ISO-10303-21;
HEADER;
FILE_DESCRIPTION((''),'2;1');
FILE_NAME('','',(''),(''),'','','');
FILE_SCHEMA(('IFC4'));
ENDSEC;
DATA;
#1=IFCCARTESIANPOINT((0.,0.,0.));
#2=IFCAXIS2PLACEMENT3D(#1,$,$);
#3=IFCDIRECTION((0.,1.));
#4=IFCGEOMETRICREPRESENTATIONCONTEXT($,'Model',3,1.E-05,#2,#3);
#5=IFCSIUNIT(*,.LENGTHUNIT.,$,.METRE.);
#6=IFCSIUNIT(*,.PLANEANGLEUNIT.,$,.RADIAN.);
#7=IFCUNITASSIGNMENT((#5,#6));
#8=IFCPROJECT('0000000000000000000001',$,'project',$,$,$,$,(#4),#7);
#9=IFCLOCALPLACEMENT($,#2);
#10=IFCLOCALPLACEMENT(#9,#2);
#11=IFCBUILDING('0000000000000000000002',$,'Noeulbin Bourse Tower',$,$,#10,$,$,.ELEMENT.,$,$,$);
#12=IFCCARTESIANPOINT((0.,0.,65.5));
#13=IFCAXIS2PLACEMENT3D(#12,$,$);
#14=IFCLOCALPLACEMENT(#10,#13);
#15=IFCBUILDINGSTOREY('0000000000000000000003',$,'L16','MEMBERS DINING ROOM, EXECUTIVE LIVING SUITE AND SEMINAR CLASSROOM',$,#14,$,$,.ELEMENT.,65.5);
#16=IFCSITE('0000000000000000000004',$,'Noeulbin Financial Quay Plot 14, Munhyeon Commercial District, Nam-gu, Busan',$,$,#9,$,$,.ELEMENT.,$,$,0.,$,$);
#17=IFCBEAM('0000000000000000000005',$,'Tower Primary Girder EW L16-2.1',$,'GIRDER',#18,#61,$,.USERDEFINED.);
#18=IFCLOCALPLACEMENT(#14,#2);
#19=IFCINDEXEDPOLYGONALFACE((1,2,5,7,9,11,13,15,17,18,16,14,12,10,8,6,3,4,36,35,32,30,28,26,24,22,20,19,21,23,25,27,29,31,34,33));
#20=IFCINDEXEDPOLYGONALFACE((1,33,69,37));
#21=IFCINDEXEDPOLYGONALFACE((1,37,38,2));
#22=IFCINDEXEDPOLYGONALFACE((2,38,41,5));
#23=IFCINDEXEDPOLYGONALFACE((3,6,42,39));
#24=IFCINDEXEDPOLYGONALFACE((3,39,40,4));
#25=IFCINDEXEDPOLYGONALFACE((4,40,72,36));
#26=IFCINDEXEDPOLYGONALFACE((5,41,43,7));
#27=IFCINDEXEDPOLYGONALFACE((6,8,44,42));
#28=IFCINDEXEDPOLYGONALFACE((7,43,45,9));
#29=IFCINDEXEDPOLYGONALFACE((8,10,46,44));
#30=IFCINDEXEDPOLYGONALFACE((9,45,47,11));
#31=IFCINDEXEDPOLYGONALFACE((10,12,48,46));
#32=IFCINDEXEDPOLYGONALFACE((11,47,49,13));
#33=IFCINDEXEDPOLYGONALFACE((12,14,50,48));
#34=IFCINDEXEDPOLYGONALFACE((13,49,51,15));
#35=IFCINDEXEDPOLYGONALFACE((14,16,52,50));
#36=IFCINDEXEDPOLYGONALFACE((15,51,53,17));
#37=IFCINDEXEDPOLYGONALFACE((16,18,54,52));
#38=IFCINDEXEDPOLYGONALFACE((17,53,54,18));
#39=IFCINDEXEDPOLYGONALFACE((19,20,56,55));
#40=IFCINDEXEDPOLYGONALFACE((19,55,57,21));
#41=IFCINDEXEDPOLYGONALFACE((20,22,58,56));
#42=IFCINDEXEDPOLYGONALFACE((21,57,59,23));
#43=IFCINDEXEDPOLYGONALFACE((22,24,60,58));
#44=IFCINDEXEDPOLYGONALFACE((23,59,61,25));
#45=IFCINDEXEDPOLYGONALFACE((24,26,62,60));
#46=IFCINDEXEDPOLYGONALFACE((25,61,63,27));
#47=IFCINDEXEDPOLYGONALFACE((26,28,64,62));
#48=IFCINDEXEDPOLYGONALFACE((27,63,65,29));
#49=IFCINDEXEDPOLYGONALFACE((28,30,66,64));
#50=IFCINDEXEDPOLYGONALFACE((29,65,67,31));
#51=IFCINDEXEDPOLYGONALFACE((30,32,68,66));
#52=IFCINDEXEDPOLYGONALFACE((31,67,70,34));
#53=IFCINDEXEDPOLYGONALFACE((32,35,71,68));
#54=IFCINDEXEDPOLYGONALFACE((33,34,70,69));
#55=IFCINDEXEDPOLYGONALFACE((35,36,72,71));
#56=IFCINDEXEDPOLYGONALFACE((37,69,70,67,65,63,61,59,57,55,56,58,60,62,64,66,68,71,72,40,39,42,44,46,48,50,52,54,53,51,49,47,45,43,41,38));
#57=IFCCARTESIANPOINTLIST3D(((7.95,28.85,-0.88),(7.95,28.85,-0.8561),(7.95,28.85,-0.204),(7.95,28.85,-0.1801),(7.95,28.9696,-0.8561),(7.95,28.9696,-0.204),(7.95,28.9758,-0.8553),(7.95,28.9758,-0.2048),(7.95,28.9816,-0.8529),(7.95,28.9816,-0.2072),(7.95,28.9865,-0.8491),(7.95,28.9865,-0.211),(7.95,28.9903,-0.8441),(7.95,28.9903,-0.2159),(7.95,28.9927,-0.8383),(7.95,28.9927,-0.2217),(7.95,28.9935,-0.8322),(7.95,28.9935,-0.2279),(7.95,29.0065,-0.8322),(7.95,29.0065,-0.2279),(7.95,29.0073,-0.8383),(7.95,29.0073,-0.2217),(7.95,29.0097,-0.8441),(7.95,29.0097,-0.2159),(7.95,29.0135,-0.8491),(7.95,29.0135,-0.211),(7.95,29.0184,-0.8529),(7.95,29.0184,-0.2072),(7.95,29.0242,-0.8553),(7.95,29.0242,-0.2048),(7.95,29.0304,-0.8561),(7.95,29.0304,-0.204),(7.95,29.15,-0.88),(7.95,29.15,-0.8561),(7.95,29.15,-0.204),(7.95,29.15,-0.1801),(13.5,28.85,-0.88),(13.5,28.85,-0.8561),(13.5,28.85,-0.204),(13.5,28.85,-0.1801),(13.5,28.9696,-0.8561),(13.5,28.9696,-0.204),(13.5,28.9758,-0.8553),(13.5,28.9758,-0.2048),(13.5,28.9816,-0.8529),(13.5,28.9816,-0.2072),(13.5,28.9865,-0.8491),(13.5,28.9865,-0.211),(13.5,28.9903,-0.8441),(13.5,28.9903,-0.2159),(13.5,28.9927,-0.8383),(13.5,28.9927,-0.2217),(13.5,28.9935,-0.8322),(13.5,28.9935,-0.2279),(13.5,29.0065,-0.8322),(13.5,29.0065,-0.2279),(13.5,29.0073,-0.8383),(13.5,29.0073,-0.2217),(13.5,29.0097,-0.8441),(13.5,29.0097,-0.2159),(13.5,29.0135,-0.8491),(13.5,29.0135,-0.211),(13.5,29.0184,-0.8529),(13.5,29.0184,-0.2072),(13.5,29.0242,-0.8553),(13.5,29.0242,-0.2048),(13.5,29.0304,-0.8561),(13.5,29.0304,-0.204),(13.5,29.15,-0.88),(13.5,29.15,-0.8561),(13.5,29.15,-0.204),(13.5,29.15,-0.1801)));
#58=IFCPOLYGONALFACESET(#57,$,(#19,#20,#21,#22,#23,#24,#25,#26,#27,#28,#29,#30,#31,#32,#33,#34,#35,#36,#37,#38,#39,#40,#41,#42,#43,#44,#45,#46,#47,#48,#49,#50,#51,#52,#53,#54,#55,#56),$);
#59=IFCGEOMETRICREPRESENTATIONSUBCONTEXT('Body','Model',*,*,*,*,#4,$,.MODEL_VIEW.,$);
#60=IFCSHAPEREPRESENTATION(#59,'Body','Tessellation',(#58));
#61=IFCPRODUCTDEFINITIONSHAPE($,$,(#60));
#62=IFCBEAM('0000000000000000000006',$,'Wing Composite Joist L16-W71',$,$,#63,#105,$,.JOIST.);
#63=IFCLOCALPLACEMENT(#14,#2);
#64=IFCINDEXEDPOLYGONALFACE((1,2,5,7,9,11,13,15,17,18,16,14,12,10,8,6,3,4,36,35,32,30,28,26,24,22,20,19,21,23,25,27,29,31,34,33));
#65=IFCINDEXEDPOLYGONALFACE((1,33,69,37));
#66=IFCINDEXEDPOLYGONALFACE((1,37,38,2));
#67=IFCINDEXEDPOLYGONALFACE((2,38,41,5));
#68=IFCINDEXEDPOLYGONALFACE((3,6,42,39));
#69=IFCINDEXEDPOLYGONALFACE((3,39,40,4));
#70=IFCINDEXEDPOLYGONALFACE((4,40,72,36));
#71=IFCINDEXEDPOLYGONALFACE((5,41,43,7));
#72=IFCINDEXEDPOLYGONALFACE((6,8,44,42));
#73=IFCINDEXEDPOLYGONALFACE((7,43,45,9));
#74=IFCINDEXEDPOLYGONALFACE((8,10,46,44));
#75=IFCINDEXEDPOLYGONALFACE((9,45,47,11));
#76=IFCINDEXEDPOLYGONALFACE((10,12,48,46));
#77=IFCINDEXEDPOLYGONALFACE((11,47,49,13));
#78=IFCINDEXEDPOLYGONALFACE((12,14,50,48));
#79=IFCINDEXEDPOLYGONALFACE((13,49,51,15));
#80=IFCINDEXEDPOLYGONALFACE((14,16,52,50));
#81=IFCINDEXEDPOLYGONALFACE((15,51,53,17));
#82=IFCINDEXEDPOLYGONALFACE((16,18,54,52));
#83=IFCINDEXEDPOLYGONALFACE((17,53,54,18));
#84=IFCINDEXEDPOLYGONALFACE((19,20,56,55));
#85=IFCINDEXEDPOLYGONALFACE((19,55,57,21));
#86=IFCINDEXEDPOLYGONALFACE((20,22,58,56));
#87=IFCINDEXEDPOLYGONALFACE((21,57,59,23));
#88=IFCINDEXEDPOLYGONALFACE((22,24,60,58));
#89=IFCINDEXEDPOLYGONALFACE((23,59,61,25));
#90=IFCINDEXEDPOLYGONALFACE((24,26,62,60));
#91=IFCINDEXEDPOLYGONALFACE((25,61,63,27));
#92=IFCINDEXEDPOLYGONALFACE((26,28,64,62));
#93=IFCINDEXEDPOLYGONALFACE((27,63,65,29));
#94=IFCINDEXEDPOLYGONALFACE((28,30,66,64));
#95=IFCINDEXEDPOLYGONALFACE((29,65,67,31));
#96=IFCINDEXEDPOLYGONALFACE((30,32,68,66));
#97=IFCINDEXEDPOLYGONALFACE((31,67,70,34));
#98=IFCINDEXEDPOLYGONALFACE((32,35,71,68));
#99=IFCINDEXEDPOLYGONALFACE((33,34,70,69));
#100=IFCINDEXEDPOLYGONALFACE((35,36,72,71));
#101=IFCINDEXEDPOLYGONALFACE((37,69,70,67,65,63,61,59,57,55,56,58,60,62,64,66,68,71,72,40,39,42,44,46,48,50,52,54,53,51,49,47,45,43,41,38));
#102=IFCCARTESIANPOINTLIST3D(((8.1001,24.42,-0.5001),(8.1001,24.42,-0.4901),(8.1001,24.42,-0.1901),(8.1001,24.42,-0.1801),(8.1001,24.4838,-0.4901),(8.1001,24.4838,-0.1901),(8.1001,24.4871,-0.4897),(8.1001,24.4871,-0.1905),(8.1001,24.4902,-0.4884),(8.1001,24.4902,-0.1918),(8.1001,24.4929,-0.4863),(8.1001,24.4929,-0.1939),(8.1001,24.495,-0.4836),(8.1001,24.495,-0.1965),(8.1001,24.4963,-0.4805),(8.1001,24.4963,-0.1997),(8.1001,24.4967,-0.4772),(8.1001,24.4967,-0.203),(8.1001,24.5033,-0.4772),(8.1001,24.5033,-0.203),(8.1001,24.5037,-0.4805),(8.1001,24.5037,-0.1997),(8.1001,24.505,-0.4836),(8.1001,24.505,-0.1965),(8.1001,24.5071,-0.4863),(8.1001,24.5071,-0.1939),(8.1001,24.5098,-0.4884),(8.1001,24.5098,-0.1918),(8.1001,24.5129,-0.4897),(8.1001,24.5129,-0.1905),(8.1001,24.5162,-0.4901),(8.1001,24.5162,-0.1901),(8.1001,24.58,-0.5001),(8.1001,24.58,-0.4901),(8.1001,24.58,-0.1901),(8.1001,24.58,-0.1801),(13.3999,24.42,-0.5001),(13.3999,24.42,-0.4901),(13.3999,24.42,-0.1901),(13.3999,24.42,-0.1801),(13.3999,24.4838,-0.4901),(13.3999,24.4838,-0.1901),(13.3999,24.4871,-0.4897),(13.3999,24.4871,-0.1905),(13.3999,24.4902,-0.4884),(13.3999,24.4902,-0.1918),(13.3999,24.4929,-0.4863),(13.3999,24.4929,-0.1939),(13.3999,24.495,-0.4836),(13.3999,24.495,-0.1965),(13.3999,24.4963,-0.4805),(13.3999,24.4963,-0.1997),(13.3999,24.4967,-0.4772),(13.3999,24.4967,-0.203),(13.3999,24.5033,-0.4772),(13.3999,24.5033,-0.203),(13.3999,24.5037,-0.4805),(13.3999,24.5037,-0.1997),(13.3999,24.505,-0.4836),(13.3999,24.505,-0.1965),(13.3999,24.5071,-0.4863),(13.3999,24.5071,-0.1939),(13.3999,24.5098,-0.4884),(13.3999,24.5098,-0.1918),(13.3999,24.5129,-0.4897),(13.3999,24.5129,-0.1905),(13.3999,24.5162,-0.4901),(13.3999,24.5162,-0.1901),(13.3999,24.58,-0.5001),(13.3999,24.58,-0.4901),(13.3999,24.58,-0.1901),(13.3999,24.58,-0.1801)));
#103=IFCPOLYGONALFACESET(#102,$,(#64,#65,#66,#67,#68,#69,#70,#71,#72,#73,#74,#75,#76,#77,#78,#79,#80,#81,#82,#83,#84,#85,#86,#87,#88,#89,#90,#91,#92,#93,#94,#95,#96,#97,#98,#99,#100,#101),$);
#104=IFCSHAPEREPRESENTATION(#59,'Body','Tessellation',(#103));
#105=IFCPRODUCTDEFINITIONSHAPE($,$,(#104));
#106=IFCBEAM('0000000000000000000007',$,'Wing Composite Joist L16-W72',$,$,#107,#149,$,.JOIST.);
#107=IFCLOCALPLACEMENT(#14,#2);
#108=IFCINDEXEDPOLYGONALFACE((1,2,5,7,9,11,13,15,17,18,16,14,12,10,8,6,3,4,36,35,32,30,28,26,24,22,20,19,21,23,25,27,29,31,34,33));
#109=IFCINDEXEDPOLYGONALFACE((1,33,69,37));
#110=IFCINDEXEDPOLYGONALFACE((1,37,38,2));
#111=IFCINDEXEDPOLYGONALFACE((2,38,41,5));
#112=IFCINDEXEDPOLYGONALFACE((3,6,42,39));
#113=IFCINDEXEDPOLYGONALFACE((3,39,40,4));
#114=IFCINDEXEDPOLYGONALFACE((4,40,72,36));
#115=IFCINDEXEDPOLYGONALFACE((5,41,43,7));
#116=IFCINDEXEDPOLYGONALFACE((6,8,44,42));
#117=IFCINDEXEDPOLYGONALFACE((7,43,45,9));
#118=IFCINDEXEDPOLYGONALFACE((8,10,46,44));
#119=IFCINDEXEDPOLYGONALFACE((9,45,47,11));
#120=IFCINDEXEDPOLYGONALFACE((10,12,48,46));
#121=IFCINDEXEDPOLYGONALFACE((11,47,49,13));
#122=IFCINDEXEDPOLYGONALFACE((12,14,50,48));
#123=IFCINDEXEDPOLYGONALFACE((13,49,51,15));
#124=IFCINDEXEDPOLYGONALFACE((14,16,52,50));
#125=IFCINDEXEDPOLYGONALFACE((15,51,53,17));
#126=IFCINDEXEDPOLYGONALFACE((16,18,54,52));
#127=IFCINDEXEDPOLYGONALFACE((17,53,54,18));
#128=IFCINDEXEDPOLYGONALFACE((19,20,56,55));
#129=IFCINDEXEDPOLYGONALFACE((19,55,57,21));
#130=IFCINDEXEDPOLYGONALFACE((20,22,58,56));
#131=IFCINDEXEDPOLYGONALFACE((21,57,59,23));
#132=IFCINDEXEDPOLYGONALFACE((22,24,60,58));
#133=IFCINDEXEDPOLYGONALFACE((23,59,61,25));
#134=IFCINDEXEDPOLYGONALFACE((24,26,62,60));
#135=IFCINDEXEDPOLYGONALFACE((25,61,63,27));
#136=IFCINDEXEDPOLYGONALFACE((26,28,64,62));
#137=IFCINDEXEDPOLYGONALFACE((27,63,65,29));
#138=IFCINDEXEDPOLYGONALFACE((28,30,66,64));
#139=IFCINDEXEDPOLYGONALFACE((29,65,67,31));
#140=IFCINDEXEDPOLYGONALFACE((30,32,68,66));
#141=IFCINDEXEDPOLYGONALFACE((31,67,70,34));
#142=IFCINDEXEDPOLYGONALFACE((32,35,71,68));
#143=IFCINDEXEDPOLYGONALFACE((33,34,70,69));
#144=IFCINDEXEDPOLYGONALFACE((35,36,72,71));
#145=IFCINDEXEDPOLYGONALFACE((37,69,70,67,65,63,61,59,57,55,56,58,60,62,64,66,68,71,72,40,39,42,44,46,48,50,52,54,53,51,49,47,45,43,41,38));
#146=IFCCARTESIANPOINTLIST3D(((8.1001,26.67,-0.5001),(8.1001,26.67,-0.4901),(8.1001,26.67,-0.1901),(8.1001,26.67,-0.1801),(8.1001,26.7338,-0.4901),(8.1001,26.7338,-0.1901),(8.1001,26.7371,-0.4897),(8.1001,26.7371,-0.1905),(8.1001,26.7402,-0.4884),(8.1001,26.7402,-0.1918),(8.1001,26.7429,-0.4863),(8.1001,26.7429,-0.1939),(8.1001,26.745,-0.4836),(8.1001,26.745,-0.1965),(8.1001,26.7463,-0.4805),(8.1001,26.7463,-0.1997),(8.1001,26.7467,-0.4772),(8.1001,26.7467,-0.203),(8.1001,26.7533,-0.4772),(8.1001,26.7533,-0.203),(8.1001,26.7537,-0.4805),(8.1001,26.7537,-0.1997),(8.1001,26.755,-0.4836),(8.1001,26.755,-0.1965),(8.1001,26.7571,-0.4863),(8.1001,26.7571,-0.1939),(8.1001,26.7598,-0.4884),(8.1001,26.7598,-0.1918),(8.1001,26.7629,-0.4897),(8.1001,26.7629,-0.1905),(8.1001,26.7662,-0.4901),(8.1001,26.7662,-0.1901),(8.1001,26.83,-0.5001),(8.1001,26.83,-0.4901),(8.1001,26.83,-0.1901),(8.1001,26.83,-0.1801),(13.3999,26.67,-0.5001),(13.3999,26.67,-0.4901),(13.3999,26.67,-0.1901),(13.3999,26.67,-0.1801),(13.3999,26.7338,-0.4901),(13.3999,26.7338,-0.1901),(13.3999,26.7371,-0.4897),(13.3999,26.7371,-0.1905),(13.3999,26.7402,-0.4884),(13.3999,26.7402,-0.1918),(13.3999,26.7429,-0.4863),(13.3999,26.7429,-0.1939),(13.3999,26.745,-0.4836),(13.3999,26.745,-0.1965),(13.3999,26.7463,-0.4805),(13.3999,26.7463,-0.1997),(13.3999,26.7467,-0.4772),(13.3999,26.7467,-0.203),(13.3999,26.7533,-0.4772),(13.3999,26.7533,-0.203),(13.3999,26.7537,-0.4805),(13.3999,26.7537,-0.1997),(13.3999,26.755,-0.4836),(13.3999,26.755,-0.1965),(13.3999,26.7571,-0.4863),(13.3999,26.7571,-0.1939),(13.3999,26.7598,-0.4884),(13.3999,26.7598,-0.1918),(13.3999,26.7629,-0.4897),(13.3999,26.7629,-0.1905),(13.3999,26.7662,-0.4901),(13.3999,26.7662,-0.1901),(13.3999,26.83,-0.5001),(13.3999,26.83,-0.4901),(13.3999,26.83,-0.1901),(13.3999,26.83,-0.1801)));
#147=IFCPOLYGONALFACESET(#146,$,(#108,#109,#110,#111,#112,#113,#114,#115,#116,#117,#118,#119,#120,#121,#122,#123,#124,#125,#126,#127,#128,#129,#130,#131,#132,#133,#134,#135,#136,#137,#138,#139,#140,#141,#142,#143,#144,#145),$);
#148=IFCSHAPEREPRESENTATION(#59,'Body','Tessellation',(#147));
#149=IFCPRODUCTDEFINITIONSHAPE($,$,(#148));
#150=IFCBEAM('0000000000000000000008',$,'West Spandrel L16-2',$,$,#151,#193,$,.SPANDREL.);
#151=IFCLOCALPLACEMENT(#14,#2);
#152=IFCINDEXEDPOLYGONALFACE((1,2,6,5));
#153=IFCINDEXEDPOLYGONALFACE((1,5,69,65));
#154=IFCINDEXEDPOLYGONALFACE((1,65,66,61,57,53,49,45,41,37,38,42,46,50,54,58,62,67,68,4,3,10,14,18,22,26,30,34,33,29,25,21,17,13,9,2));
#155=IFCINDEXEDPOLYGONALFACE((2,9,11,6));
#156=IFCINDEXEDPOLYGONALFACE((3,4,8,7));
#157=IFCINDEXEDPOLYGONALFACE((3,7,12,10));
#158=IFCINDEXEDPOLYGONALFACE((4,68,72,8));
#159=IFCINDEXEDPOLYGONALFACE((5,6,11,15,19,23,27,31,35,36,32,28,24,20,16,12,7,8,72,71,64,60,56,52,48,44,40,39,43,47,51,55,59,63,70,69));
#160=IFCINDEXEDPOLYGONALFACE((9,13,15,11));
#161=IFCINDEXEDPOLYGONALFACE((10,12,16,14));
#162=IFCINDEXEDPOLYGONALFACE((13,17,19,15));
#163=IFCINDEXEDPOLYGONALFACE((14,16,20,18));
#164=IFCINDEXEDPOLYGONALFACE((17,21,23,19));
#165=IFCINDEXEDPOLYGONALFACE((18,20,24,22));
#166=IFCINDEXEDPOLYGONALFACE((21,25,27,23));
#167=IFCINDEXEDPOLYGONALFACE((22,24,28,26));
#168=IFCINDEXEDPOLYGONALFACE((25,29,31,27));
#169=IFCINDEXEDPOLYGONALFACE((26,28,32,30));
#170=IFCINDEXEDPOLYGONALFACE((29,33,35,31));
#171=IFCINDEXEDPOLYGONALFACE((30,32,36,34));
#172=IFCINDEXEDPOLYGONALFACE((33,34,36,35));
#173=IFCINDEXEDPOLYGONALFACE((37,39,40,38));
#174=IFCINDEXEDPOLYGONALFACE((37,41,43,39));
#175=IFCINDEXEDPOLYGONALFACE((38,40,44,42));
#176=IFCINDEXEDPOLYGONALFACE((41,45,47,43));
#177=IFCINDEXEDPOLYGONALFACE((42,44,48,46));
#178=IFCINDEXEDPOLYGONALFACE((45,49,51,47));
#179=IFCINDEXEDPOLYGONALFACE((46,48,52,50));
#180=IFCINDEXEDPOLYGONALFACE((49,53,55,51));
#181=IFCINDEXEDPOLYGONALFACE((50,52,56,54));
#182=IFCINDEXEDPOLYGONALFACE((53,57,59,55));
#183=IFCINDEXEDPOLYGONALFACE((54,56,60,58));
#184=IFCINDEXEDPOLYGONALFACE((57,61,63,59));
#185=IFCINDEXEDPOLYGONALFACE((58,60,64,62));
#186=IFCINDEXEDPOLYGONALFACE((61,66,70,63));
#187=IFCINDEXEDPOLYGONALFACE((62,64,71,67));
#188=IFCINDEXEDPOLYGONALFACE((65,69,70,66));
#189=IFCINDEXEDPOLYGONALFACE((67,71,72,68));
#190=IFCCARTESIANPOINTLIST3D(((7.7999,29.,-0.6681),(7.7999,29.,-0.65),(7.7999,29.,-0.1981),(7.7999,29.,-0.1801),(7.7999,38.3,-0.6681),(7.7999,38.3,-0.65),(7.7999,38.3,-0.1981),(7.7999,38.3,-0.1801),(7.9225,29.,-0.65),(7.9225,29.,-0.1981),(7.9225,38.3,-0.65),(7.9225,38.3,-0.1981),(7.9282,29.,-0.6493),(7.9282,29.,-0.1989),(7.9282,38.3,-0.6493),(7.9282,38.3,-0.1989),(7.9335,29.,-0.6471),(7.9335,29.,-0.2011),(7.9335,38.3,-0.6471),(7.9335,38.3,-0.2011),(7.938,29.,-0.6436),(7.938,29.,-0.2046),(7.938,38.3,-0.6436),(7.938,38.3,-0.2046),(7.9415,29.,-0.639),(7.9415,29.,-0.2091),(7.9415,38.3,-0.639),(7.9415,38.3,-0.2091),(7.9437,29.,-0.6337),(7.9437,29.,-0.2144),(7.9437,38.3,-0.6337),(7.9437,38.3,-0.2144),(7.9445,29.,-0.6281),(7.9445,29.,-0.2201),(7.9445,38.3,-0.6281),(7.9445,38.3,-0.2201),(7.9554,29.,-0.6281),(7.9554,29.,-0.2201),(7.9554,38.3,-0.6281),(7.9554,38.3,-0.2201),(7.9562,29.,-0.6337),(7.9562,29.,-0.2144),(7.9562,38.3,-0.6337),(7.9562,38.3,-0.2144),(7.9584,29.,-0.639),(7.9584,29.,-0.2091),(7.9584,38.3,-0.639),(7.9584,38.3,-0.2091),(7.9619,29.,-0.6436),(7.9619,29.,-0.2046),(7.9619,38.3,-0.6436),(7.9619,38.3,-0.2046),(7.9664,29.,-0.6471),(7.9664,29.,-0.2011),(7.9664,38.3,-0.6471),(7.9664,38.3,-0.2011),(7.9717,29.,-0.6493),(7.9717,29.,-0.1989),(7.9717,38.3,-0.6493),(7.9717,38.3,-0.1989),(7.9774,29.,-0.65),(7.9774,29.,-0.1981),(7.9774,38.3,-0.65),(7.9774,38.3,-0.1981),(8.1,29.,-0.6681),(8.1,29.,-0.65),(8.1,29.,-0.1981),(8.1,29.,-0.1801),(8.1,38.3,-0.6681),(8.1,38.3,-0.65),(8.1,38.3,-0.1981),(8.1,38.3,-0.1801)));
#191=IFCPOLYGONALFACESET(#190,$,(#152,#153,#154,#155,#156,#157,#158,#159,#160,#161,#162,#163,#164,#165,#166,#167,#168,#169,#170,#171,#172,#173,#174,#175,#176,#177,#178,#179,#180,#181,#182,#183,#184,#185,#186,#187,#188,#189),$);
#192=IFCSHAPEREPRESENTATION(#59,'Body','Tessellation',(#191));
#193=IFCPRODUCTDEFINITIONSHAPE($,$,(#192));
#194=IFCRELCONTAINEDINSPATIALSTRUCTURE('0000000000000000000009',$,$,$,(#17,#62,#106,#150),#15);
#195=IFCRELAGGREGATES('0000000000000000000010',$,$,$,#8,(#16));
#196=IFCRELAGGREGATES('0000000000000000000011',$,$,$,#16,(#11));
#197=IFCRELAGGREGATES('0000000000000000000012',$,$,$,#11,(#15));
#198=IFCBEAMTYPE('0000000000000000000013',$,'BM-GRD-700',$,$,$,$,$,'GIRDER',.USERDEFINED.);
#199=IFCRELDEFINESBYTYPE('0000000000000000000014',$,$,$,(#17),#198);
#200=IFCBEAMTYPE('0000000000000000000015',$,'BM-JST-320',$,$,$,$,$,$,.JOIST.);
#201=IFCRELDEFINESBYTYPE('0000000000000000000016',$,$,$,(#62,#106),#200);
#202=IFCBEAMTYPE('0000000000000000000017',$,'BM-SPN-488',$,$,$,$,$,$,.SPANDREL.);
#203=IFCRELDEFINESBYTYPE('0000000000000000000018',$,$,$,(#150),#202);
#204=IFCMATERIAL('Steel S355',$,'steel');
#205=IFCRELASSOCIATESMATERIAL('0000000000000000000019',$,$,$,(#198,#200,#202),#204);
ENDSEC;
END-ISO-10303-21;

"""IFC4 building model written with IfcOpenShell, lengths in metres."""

from ifc_helpers import new_model, si_unit, direction, frame, origin, origin_2d, place, context, subcontext, project, spatial, i_section, extrude, material, material_profile, profile_set, type_object, element, save


model = new_model("IFC4")

# Units and contexts
model_context = context("Model", 3, precision=1e-05, world=origin(), true_north=direction((0.0, 1.0)))
body_context = subcontext(model_context, "Body", "Model", "MODEL_VIEW")
ifc_project = project(units=[si_unit("LENGTHUNIT", "METRE"), si_unit("PLANEANGLEUNIT", "RADIAN")], contexts=[model_context])

# Site, building, storey
site_placement = place(None, origin())
site = spatial("IfcSite", under=ifc_project, at=site_placement, Name="Noeulbin Financial Quay Plot 14, Munhyeon Commercial District, Nam-gu, Busan", CompositionType="ELEMENT", RefElevation=0.0)
building_placement = place(site_placement, origin())
building = spatial("IfcBuilding", under=site, at=building_placement, Name="Noeulbin Bourse Tower", CompositionType="ELEMENT")
storey_placement = place(building_placement, frame((0.0, 0.0, 65.5)))
storey = spatial("IfcBuildingStorey", under=building, at=storey_placement, Name="L16", Description="MEMBERS DINING ROOM, EXECUTIVE LIVING SUITE AND SEMINAR CLASSROOM", CompositionType="ELEMENT", Elevation=65.5)

# Beams
ifc_material_1 = material(Name="Steel S355", Category="steel")
ifc_material_profile_1 = material_profile(ifc_material_1, i_section(OverallWidth=0.3, OverallDepth=0.7, WebThickness=0.0129, FlangeThickness=0.0239, FilletRadius=0.0239, at=origin_2d()), Name="H-700x300x13x24", Category="LoadBearing")
ifc_profile_set_1 = profile_set([ifc_material_profile_1], Name="Steel S355")
beam_type_1 = type_object("IfcBeamType", Name="BM-GRD-700", ElementType="GIRDER", PredefinedType="USERDEFINED", material=ifc_profile_set_1)
beam_1_placement = place(storey_placement, frame((7.95, 29.0, -0.53), z_axis=(1.0, 0.0, 0.0), x_axis=(0.0, 1.0, 0.0)))
element("IfcBeam", 1, at=beam_1_placement, inside=storey, type_object=beam_type_1, Name="Tower Primary Girder EW L16-2.1", ObjectType="GIRDER", PredefinedType="USERDEFINED", context=body_context, shape_type="SweptSolid", body=[
    extrude(i_section(OverallWidth=0.3, OverallDepth=0.7, WebThickness=0.0129, FlangeThickness=0.0239, FilletRadius=0.0239, at=origin_2d()), origin(), (0.0, 0.0, 1.0), 5.55),
])
ifc_material_profile_2 = material_profile(ifc_material_1, i_section(OverallWidth=0.1599, OverallDepth=0.3201, WebThickness=0.0066, FlangeThickness=0.01, FilletRadius=0.0129, at=origin_2d()), Name="H-320x160x6.5x10", Category="LoadBearing")
ifc_profile_set_2 = profile_set([ifc_material_profile_2], Name="Steel S355")
beam_type_2 = type_object("IfcBeamType", Name="BM-JST-320", PredefinedType="JOIST", material=ifc_profile_set_2)
for number, where, z_axis, x_axis, name in (
    (2, (8.1001, 24.5, -0.3401), (1.0, 0.0, 0.0), (0.0, 1.0, 0.0), "Wing Composite Joist L16-W71"),
    (3, (8.1001, 26.75, -0.3401), (1.0, 0.0, 0.0), (0.0, 1.0, 0.0), "Wing Composite Joist L16-W72"),
):
    element("IfcBeam", number, at=place(storey_placement, frame(where, z_axis=z_axis, x_axis=x_axis)), inside=storey, type_object=beam_type_2, Name=name, PredefinedType="JOIST", context=body_context, shape_type="SweptSolid", body=[
        extrude(i_section(OverallWidth=0.1599, OverallDepth=0.3201, WebThickness=0.0066, FlangeThickness=0.01, FilletRadius=0.0129, at=origin_2d()), origin(), (0.0, 0.0, 1.0), 5.2998),
    ])
ifc_material_profile_3 = material_profile(ifc_material_1, i_section(OverallWidth=0.3, OverallDepth=0.488, WebThickness=0.011, FlangeThickness=0.0181, FilletRadius=0.022, at=origin_2d()), Name="H-488x300x11x18", Category="LoadBearing")
ifc_profile_set_3 = profile_set([ifc_material_profile_3], Name="Steel S355")
beam_type_3 = type_object("IfcBeamType", Name="BM-SPN-488", PredefinedType="SPANDREL", material=ifc_profile_set_3)
beam_2_placement = place(storey_placement, frame((7.95, 29.0, -0.4241), z_axis=(0.0, 1.0, 0.0), x_axis=(-1.0, 0.0, 0.0)))
element("IfcBeam", 4, at=beam_2_placement, inside=storey, type_object=beam_type_3, Name="West Spandrel L16-2", PredefinedType="SPANDREL", context=body_context, shape_type="SweptSolid", body=[
    extrude(i_section(OverallWidth=0.3, OverallDepth=0.488, WebThickness=0.011, FlangeThickness=0.0181, FilletRadius=0.022, at=origin_2d()), origin(), (0.0, 0.0, 1.0), 9.3),
])

save(model, "model.ifc")
